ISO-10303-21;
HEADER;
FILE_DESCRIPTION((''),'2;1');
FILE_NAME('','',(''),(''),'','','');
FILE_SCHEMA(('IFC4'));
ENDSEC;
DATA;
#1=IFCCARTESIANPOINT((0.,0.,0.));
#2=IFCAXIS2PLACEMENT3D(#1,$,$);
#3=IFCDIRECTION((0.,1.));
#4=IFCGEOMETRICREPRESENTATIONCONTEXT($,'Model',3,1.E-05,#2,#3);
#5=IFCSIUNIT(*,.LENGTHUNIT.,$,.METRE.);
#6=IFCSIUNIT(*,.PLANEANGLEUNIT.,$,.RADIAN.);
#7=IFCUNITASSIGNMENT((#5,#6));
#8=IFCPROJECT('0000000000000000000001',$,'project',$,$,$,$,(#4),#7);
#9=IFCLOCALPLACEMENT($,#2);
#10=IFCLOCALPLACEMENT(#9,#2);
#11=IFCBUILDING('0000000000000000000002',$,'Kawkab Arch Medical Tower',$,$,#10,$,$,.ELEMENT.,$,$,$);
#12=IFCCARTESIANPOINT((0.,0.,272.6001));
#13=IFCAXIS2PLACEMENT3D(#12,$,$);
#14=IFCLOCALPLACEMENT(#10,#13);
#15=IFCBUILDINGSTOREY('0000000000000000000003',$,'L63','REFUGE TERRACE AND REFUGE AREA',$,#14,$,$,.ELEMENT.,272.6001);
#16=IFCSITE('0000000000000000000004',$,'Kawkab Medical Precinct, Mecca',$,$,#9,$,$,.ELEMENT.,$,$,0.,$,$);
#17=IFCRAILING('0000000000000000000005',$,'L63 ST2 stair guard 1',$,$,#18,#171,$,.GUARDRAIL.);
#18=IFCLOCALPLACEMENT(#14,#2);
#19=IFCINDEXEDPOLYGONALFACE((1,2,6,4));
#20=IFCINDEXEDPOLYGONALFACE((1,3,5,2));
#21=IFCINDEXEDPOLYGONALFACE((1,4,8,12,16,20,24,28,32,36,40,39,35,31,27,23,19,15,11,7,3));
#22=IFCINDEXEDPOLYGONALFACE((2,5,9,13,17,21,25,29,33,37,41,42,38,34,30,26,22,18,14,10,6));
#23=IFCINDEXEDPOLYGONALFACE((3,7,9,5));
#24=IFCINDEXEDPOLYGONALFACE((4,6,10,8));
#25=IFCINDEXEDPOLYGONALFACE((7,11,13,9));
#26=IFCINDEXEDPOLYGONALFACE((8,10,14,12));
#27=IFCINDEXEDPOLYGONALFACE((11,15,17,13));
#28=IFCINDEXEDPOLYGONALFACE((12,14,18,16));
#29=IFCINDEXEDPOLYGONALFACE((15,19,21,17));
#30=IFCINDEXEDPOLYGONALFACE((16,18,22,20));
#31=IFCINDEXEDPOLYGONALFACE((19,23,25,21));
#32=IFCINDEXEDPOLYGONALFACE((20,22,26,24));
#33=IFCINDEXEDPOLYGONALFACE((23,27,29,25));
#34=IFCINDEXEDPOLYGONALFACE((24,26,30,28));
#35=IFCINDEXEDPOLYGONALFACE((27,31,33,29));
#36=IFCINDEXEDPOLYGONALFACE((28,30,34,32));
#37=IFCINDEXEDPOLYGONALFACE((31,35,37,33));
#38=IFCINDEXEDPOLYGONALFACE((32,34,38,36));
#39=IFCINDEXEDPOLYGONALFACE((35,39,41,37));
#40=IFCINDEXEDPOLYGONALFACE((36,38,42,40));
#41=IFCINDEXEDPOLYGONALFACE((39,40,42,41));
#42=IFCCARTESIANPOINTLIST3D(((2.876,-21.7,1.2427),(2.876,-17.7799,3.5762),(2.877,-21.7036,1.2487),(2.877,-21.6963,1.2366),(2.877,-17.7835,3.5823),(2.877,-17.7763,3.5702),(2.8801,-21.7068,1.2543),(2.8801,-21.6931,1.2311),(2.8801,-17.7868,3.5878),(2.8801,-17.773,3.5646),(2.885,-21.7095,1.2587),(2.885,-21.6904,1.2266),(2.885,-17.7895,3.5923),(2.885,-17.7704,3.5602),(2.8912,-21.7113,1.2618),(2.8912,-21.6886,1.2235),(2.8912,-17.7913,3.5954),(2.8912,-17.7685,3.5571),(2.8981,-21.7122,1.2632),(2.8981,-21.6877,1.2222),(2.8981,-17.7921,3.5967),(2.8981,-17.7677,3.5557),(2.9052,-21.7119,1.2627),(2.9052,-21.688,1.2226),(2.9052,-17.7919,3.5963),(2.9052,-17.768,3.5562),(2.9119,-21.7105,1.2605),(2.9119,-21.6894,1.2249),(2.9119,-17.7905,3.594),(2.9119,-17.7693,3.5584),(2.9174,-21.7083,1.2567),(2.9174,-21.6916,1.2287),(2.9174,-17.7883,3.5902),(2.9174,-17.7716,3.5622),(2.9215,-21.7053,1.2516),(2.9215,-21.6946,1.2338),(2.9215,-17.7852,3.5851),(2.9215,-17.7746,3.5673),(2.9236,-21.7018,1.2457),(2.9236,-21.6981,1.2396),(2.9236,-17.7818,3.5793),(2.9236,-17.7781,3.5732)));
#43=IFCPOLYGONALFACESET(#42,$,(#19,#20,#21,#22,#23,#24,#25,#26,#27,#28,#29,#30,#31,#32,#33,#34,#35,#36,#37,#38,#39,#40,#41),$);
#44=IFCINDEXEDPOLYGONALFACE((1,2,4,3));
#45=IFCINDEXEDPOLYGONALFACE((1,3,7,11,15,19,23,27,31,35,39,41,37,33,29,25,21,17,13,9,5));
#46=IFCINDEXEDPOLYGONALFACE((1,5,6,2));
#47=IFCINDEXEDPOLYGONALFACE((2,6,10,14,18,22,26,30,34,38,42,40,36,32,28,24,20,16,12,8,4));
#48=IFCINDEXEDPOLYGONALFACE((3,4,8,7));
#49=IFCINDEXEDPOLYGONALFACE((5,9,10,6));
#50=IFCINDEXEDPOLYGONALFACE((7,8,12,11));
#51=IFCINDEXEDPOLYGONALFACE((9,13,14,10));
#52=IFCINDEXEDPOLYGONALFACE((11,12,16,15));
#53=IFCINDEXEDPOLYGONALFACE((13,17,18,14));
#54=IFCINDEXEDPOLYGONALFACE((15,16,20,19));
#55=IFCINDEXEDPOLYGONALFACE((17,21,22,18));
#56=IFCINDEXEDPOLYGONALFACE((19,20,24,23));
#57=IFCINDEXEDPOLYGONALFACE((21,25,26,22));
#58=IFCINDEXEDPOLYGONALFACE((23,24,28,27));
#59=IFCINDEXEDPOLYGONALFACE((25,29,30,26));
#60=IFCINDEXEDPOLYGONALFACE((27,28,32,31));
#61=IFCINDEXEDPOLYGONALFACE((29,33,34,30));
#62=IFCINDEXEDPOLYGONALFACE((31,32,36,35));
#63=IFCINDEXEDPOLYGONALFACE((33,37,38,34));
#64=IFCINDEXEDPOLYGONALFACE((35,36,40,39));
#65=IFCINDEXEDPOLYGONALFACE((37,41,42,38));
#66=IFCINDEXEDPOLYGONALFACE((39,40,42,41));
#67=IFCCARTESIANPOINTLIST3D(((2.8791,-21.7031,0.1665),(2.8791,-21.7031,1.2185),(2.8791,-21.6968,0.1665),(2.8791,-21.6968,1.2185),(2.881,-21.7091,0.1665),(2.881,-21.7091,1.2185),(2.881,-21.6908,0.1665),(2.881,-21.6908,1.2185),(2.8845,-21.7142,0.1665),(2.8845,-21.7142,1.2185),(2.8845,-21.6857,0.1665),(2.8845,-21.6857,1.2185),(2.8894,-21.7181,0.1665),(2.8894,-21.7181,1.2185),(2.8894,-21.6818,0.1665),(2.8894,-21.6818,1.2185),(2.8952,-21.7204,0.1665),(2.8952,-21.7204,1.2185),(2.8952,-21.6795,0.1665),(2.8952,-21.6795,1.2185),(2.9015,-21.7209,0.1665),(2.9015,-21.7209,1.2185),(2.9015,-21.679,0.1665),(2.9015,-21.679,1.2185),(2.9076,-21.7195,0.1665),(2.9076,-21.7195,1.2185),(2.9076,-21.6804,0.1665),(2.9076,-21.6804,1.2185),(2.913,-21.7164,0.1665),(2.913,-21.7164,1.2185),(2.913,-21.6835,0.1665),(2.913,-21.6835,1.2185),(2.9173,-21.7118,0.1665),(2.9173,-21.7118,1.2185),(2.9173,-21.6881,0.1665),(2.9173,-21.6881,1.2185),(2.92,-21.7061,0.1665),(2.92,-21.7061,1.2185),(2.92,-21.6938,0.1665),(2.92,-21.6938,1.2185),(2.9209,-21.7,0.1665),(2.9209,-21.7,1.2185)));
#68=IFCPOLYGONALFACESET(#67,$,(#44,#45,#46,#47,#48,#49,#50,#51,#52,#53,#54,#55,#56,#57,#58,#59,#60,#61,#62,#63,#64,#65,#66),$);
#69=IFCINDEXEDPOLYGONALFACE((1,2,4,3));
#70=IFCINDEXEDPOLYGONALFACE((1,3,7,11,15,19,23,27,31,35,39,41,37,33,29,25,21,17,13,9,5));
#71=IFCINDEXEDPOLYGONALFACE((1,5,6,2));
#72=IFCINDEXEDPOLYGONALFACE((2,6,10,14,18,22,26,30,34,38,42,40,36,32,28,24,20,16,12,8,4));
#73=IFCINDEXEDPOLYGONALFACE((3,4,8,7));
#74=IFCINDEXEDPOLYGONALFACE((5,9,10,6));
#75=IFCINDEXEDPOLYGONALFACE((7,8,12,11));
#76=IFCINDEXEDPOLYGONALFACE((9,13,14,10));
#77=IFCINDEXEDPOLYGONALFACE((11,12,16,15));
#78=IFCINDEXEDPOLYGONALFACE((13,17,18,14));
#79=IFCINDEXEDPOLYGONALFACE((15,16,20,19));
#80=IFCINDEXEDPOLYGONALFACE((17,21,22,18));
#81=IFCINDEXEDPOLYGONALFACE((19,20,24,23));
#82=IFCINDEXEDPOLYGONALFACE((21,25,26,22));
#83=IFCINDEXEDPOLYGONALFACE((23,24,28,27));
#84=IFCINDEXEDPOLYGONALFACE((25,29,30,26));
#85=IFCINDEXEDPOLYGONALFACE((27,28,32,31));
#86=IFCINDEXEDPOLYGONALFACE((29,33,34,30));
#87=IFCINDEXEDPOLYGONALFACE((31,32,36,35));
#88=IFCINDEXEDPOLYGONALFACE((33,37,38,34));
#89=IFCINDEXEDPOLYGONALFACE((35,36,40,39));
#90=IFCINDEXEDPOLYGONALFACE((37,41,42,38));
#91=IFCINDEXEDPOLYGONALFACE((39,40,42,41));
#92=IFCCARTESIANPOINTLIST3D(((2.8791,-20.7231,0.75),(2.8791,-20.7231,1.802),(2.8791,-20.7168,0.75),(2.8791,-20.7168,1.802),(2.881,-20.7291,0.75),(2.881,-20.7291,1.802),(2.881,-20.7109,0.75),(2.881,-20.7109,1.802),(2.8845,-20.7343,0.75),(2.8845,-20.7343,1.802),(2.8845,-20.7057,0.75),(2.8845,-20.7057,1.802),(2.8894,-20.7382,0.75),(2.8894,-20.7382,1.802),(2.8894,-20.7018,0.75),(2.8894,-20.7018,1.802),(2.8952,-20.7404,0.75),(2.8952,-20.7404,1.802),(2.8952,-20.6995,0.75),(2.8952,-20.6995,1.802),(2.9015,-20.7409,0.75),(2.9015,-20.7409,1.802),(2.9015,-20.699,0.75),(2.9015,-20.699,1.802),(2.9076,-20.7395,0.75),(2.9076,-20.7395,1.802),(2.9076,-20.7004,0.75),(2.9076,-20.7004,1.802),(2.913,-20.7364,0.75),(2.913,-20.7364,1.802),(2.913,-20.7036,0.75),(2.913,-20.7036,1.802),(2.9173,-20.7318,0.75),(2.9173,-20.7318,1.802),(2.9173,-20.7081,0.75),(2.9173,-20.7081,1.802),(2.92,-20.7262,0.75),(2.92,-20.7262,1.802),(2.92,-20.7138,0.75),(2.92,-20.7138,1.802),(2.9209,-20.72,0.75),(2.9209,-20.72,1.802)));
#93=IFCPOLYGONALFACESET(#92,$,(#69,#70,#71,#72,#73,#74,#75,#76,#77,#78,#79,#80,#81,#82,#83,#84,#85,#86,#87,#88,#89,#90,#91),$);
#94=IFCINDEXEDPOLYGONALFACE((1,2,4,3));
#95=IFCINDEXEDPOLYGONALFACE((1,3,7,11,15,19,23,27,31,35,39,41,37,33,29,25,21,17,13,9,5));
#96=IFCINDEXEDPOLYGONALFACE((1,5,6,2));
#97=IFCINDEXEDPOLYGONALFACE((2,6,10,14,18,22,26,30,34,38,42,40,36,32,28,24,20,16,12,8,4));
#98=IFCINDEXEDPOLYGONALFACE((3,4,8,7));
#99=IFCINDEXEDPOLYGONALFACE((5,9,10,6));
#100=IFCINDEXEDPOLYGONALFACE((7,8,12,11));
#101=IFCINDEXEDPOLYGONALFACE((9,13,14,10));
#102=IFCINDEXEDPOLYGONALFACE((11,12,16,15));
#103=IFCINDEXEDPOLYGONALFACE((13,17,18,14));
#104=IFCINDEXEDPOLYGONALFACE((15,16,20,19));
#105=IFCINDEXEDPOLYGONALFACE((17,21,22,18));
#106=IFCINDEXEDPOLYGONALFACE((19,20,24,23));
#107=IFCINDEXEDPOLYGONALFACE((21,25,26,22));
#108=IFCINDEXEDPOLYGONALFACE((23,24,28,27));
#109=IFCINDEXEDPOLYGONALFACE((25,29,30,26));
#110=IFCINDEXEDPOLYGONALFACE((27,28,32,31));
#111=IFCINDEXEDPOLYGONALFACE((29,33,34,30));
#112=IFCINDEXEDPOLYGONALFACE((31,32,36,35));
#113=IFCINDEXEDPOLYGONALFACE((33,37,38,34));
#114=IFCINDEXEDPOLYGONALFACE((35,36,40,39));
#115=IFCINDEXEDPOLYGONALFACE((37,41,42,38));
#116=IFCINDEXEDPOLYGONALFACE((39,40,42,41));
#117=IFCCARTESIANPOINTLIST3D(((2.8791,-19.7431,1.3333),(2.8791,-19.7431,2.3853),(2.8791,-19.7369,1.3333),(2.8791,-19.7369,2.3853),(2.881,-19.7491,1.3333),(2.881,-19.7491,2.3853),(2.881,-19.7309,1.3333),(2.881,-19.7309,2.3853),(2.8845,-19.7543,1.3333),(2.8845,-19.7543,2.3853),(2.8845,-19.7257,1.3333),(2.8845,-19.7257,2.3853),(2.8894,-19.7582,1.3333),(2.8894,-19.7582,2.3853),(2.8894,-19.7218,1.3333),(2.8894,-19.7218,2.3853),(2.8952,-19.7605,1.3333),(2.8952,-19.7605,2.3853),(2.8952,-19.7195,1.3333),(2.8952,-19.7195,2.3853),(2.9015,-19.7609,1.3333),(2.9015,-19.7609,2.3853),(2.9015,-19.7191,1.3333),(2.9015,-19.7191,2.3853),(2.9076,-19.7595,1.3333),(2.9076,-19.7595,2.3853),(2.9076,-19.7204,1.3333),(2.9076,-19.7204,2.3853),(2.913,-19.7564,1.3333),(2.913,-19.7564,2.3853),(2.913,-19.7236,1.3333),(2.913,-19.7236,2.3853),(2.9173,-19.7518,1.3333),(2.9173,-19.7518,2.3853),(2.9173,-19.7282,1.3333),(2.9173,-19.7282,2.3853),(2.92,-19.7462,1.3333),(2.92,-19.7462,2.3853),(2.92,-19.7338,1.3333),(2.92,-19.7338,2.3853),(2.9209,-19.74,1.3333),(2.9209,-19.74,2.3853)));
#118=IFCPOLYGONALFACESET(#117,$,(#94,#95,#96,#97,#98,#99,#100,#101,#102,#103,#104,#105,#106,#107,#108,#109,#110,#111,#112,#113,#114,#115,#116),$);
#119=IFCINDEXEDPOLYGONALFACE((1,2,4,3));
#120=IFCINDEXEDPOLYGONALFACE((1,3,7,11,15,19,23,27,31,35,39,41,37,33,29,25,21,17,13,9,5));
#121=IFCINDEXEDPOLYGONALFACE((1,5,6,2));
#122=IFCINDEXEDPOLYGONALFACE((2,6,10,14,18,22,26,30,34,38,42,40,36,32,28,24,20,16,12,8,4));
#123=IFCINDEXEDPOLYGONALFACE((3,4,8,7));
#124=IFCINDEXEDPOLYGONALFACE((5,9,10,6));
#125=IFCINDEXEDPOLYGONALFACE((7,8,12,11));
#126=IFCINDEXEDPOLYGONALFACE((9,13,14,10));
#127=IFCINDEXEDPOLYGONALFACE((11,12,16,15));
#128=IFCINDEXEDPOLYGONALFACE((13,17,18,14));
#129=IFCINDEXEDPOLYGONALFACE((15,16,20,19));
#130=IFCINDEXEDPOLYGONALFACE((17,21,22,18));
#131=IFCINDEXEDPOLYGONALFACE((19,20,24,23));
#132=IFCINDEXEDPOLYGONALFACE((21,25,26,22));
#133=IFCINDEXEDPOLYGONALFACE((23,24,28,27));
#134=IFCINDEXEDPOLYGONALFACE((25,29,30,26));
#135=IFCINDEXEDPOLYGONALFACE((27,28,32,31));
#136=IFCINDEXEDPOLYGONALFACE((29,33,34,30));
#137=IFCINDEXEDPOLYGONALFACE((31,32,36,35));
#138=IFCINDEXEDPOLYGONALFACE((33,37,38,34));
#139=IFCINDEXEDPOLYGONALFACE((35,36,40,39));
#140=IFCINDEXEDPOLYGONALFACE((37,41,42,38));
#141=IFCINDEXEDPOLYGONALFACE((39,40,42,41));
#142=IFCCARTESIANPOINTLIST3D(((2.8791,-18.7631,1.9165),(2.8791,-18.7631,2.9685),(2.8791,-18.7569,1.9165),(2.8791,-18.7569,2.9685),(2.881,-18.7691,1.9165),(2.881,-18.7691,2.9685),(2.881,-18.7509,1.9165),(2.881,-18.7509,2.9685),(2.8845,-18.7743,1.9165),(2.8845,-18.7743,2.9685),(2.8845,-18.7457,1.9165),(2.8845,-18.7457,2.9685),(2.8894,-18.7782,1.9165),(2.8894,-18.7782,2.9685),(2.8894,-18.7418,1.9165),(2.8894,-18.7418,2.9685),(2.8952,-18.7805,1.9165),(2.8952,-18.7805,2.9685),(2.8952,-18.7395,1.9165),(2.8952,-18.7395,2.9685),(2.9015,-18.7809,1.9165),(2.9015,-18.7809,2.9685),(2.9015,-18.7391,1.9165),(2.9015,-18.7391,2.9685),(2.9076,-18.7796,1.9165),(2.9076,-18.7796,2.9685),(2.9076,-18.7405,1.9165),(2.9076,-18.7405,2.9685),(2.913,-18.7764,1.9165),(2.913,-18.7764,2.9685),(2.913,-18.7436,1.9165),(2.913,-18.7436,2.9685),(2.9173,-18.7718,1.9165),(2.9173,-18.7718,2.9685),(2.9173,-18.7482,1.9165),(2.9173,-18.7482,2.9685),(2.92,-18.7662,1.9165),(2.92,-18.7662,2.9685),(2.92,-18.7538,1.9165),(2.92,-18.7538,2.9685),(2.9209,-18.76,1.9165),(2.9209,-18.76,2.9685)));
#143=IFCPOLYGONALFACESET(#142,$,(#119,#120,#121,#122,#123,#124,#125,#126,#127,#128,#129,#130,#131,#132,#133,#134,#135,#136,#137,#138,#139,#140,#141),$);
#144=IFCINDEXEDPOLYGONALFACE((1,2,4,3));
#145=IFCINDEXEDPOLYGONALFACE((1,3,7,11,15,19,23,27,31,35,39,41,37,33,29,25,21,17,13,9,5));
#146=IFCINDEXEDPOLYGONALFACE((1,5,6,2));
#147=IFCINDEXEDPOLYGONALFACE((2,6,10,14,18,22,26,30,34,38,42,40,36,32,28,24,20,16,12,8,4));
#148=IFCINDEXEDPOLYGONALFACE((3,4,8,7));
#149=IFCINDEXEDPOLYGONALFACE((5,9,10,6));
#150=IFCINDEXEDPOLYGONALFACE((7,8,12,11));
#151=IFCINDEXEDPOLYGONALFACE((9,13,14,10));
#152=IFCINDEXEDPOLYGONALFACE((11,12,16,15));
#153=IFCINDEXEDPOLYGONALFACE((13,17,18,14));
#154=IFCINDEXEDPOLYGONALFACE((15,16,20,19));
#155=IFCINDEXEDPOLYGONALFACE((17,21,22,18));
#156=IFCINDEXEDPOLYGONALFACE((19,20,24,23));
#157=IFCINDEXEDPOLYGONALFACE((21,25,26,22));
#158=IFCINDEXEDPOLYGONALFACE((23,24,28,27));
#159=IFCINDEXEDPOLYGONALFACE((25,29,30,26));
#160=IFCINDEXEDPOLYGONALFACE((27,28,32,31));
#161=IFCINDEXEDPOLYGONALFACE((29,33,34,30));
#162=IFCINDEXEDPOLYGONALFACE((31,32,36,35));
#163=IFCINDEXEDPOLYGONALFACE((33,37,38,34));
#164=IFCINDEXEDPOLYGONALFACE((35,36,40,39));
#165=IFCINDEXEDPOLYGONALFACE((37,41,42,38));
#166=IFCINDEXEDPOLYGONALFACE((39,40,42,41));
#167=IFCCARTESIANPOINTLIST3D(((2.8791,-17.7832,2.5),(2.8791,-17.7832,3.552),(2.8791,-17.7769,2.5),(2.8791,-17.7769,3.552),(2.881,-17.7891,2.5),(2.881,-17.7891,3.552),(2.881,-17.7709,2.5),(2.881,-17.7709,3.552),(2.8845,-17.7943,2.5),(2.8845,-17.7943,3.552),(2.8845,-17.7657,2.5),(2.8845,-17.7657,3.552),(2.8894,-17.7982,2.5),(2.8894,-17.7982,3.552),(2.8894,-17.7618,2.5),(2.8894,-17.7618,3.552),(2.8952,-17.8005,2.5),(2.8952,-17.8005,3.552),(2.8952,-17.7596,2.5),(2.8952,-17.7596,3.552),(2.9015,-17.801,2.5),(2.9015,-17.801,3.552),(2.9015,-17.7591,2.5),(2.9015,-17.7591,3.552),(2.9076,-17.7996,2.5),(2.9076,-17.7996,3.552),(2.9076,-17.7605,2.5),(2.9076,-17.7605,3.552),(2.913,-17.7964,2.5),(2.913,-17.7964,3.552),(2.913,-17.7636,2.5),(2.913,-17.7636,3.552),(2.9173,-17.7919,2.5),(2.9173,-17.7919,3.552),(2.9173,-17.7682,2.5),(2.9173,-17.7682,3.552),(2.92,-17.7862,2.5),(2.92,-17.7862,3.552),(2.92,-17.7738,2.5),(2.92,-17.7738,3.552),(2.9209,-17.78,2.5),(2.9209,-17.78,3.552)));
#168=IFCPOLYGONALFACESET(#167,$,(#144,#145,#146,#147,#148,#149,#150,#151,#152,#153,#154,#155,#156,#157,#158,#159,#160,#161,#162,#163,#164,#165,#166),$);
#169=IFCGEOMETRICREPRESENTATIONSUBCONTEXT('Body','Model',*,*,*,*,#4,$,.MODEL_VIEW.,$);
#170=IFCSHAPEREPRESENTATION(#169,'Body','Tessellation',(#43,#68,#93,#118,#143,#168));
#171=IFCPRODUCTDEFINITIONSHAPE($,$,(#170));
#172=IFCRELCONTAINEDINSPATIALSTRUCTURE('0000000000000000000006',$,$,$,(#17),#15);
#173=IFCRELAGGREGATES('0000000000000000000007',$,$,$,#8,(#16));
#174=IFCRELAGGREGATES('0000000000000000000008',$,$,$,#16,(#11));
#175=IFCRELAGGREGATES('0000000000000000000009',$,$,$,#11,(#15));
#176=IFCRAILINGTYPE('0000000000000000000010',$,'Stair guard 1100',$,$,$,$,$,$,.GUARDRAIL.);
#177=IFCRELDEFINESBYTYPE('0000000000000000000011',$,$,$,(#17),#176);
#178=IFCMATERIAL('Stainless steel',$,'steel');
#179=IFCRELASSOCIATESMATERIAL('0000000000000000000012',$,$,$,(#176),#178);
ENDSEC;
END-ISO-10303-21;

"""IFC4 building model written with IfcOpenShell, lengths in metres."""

from ifc_helpers import new_model, si_unit, direction, frame, origin, origin_2d, place, context, subcontext, project, spatial, circle, extrude, material, type_object, element, save


model = new_model("IFC4")

# Units and contexts
model_context = context("Model", 3, precision=1e-05, world=origin(), true_north=direction((0.0, 1.0)))
body_context = subcontext(model_context, "Body", "Model", "MODEL_VIEW")
ifc_project = project(units=[si_unit("LENGTHUNIT", "METRE"), si_unit("PLANEANGLEUNIT", "RADIAN")], contexts=[model_context])

# Site, building, storey
site_placement = place(None, origin())
site = spatial("IfcSite", under=ifc_project, at=site_placement, Name="Kawkab Medical Precinct, Mecca", CompositionType="ELEMENT", RefElevation=0.0)
building_placement = place(site_placement, origin())
building = spatial("IfcBuilding", under=site, at=building_placement, Name="Kawkab Arch Medical Tower", CompositionType="ELEMENT")
storey_placement = place(building_placement, frame((0.0, 0.0, 272.6001)))
storey = spatial("IfcBuildingStorey", under=building, at=storey_placement, Name="L63", Description="REFUGE TERRACE AND REFUGE AREA", CompositionType="ELEMENT", Elevation=272.6001)

# Railing
ifc_material_1 = material(Name="Stainless steel", Category="steel")
railing_type = type_object("IfcRailingType", Name="Stair guard 1100", PredefinedType="GUARDRAIL", material=ifc_material_1)
railing_1_placement = place(storey_placement, frame((2.8999, -21.7, 0.1665)))
element("IfcRailing", 1, at=railing_1_placement, inside=storey, type_object=railing_type, Name="L63 ST2 stair guard 1", PredefinedType="GUARDRAIL", context=body_context, shape_type="SweptSolid", body=[
    extrude(circle(Radius=0.0239, at=origin_2d()), frame((0.0, 0.0, 1.0762), z_axis=(0.0, 0.859273, 0.511518), x_axis=(-1.0, 0.0, 0.0)), (0.0, 0.0, 1.0), 4.562),
    extrude(circle(Radius=0.021, at=origin_2d()), origin(), (0.0, 0.0, 1.0), 1.052),
    extrude(circle(Radius=0.021, at=origin_2d()), frame((0.0, 0.98, 0.5835)), (0.0, 0.0, 1.0), 1.052),
    extrude(circle(Radius=0.021, at=origin_2d()), frame((0.0, 1.96, 1.1667)), (0.0, 0.0, 1.0), 1.052),
    extrude(circle(Radius=0.021, at=origin_2d()), frame((0.0, 2.9399, 1.75)), (0.0, 0.0, 1.0), 1.052),
    extrude(circle(Radius=0.021, at=origin_2d()), frame((0.0, 3.9199, 2.3335)), (0.0, 0.0, 1.0), 1.052),
])

save(model, "model.ifc")
